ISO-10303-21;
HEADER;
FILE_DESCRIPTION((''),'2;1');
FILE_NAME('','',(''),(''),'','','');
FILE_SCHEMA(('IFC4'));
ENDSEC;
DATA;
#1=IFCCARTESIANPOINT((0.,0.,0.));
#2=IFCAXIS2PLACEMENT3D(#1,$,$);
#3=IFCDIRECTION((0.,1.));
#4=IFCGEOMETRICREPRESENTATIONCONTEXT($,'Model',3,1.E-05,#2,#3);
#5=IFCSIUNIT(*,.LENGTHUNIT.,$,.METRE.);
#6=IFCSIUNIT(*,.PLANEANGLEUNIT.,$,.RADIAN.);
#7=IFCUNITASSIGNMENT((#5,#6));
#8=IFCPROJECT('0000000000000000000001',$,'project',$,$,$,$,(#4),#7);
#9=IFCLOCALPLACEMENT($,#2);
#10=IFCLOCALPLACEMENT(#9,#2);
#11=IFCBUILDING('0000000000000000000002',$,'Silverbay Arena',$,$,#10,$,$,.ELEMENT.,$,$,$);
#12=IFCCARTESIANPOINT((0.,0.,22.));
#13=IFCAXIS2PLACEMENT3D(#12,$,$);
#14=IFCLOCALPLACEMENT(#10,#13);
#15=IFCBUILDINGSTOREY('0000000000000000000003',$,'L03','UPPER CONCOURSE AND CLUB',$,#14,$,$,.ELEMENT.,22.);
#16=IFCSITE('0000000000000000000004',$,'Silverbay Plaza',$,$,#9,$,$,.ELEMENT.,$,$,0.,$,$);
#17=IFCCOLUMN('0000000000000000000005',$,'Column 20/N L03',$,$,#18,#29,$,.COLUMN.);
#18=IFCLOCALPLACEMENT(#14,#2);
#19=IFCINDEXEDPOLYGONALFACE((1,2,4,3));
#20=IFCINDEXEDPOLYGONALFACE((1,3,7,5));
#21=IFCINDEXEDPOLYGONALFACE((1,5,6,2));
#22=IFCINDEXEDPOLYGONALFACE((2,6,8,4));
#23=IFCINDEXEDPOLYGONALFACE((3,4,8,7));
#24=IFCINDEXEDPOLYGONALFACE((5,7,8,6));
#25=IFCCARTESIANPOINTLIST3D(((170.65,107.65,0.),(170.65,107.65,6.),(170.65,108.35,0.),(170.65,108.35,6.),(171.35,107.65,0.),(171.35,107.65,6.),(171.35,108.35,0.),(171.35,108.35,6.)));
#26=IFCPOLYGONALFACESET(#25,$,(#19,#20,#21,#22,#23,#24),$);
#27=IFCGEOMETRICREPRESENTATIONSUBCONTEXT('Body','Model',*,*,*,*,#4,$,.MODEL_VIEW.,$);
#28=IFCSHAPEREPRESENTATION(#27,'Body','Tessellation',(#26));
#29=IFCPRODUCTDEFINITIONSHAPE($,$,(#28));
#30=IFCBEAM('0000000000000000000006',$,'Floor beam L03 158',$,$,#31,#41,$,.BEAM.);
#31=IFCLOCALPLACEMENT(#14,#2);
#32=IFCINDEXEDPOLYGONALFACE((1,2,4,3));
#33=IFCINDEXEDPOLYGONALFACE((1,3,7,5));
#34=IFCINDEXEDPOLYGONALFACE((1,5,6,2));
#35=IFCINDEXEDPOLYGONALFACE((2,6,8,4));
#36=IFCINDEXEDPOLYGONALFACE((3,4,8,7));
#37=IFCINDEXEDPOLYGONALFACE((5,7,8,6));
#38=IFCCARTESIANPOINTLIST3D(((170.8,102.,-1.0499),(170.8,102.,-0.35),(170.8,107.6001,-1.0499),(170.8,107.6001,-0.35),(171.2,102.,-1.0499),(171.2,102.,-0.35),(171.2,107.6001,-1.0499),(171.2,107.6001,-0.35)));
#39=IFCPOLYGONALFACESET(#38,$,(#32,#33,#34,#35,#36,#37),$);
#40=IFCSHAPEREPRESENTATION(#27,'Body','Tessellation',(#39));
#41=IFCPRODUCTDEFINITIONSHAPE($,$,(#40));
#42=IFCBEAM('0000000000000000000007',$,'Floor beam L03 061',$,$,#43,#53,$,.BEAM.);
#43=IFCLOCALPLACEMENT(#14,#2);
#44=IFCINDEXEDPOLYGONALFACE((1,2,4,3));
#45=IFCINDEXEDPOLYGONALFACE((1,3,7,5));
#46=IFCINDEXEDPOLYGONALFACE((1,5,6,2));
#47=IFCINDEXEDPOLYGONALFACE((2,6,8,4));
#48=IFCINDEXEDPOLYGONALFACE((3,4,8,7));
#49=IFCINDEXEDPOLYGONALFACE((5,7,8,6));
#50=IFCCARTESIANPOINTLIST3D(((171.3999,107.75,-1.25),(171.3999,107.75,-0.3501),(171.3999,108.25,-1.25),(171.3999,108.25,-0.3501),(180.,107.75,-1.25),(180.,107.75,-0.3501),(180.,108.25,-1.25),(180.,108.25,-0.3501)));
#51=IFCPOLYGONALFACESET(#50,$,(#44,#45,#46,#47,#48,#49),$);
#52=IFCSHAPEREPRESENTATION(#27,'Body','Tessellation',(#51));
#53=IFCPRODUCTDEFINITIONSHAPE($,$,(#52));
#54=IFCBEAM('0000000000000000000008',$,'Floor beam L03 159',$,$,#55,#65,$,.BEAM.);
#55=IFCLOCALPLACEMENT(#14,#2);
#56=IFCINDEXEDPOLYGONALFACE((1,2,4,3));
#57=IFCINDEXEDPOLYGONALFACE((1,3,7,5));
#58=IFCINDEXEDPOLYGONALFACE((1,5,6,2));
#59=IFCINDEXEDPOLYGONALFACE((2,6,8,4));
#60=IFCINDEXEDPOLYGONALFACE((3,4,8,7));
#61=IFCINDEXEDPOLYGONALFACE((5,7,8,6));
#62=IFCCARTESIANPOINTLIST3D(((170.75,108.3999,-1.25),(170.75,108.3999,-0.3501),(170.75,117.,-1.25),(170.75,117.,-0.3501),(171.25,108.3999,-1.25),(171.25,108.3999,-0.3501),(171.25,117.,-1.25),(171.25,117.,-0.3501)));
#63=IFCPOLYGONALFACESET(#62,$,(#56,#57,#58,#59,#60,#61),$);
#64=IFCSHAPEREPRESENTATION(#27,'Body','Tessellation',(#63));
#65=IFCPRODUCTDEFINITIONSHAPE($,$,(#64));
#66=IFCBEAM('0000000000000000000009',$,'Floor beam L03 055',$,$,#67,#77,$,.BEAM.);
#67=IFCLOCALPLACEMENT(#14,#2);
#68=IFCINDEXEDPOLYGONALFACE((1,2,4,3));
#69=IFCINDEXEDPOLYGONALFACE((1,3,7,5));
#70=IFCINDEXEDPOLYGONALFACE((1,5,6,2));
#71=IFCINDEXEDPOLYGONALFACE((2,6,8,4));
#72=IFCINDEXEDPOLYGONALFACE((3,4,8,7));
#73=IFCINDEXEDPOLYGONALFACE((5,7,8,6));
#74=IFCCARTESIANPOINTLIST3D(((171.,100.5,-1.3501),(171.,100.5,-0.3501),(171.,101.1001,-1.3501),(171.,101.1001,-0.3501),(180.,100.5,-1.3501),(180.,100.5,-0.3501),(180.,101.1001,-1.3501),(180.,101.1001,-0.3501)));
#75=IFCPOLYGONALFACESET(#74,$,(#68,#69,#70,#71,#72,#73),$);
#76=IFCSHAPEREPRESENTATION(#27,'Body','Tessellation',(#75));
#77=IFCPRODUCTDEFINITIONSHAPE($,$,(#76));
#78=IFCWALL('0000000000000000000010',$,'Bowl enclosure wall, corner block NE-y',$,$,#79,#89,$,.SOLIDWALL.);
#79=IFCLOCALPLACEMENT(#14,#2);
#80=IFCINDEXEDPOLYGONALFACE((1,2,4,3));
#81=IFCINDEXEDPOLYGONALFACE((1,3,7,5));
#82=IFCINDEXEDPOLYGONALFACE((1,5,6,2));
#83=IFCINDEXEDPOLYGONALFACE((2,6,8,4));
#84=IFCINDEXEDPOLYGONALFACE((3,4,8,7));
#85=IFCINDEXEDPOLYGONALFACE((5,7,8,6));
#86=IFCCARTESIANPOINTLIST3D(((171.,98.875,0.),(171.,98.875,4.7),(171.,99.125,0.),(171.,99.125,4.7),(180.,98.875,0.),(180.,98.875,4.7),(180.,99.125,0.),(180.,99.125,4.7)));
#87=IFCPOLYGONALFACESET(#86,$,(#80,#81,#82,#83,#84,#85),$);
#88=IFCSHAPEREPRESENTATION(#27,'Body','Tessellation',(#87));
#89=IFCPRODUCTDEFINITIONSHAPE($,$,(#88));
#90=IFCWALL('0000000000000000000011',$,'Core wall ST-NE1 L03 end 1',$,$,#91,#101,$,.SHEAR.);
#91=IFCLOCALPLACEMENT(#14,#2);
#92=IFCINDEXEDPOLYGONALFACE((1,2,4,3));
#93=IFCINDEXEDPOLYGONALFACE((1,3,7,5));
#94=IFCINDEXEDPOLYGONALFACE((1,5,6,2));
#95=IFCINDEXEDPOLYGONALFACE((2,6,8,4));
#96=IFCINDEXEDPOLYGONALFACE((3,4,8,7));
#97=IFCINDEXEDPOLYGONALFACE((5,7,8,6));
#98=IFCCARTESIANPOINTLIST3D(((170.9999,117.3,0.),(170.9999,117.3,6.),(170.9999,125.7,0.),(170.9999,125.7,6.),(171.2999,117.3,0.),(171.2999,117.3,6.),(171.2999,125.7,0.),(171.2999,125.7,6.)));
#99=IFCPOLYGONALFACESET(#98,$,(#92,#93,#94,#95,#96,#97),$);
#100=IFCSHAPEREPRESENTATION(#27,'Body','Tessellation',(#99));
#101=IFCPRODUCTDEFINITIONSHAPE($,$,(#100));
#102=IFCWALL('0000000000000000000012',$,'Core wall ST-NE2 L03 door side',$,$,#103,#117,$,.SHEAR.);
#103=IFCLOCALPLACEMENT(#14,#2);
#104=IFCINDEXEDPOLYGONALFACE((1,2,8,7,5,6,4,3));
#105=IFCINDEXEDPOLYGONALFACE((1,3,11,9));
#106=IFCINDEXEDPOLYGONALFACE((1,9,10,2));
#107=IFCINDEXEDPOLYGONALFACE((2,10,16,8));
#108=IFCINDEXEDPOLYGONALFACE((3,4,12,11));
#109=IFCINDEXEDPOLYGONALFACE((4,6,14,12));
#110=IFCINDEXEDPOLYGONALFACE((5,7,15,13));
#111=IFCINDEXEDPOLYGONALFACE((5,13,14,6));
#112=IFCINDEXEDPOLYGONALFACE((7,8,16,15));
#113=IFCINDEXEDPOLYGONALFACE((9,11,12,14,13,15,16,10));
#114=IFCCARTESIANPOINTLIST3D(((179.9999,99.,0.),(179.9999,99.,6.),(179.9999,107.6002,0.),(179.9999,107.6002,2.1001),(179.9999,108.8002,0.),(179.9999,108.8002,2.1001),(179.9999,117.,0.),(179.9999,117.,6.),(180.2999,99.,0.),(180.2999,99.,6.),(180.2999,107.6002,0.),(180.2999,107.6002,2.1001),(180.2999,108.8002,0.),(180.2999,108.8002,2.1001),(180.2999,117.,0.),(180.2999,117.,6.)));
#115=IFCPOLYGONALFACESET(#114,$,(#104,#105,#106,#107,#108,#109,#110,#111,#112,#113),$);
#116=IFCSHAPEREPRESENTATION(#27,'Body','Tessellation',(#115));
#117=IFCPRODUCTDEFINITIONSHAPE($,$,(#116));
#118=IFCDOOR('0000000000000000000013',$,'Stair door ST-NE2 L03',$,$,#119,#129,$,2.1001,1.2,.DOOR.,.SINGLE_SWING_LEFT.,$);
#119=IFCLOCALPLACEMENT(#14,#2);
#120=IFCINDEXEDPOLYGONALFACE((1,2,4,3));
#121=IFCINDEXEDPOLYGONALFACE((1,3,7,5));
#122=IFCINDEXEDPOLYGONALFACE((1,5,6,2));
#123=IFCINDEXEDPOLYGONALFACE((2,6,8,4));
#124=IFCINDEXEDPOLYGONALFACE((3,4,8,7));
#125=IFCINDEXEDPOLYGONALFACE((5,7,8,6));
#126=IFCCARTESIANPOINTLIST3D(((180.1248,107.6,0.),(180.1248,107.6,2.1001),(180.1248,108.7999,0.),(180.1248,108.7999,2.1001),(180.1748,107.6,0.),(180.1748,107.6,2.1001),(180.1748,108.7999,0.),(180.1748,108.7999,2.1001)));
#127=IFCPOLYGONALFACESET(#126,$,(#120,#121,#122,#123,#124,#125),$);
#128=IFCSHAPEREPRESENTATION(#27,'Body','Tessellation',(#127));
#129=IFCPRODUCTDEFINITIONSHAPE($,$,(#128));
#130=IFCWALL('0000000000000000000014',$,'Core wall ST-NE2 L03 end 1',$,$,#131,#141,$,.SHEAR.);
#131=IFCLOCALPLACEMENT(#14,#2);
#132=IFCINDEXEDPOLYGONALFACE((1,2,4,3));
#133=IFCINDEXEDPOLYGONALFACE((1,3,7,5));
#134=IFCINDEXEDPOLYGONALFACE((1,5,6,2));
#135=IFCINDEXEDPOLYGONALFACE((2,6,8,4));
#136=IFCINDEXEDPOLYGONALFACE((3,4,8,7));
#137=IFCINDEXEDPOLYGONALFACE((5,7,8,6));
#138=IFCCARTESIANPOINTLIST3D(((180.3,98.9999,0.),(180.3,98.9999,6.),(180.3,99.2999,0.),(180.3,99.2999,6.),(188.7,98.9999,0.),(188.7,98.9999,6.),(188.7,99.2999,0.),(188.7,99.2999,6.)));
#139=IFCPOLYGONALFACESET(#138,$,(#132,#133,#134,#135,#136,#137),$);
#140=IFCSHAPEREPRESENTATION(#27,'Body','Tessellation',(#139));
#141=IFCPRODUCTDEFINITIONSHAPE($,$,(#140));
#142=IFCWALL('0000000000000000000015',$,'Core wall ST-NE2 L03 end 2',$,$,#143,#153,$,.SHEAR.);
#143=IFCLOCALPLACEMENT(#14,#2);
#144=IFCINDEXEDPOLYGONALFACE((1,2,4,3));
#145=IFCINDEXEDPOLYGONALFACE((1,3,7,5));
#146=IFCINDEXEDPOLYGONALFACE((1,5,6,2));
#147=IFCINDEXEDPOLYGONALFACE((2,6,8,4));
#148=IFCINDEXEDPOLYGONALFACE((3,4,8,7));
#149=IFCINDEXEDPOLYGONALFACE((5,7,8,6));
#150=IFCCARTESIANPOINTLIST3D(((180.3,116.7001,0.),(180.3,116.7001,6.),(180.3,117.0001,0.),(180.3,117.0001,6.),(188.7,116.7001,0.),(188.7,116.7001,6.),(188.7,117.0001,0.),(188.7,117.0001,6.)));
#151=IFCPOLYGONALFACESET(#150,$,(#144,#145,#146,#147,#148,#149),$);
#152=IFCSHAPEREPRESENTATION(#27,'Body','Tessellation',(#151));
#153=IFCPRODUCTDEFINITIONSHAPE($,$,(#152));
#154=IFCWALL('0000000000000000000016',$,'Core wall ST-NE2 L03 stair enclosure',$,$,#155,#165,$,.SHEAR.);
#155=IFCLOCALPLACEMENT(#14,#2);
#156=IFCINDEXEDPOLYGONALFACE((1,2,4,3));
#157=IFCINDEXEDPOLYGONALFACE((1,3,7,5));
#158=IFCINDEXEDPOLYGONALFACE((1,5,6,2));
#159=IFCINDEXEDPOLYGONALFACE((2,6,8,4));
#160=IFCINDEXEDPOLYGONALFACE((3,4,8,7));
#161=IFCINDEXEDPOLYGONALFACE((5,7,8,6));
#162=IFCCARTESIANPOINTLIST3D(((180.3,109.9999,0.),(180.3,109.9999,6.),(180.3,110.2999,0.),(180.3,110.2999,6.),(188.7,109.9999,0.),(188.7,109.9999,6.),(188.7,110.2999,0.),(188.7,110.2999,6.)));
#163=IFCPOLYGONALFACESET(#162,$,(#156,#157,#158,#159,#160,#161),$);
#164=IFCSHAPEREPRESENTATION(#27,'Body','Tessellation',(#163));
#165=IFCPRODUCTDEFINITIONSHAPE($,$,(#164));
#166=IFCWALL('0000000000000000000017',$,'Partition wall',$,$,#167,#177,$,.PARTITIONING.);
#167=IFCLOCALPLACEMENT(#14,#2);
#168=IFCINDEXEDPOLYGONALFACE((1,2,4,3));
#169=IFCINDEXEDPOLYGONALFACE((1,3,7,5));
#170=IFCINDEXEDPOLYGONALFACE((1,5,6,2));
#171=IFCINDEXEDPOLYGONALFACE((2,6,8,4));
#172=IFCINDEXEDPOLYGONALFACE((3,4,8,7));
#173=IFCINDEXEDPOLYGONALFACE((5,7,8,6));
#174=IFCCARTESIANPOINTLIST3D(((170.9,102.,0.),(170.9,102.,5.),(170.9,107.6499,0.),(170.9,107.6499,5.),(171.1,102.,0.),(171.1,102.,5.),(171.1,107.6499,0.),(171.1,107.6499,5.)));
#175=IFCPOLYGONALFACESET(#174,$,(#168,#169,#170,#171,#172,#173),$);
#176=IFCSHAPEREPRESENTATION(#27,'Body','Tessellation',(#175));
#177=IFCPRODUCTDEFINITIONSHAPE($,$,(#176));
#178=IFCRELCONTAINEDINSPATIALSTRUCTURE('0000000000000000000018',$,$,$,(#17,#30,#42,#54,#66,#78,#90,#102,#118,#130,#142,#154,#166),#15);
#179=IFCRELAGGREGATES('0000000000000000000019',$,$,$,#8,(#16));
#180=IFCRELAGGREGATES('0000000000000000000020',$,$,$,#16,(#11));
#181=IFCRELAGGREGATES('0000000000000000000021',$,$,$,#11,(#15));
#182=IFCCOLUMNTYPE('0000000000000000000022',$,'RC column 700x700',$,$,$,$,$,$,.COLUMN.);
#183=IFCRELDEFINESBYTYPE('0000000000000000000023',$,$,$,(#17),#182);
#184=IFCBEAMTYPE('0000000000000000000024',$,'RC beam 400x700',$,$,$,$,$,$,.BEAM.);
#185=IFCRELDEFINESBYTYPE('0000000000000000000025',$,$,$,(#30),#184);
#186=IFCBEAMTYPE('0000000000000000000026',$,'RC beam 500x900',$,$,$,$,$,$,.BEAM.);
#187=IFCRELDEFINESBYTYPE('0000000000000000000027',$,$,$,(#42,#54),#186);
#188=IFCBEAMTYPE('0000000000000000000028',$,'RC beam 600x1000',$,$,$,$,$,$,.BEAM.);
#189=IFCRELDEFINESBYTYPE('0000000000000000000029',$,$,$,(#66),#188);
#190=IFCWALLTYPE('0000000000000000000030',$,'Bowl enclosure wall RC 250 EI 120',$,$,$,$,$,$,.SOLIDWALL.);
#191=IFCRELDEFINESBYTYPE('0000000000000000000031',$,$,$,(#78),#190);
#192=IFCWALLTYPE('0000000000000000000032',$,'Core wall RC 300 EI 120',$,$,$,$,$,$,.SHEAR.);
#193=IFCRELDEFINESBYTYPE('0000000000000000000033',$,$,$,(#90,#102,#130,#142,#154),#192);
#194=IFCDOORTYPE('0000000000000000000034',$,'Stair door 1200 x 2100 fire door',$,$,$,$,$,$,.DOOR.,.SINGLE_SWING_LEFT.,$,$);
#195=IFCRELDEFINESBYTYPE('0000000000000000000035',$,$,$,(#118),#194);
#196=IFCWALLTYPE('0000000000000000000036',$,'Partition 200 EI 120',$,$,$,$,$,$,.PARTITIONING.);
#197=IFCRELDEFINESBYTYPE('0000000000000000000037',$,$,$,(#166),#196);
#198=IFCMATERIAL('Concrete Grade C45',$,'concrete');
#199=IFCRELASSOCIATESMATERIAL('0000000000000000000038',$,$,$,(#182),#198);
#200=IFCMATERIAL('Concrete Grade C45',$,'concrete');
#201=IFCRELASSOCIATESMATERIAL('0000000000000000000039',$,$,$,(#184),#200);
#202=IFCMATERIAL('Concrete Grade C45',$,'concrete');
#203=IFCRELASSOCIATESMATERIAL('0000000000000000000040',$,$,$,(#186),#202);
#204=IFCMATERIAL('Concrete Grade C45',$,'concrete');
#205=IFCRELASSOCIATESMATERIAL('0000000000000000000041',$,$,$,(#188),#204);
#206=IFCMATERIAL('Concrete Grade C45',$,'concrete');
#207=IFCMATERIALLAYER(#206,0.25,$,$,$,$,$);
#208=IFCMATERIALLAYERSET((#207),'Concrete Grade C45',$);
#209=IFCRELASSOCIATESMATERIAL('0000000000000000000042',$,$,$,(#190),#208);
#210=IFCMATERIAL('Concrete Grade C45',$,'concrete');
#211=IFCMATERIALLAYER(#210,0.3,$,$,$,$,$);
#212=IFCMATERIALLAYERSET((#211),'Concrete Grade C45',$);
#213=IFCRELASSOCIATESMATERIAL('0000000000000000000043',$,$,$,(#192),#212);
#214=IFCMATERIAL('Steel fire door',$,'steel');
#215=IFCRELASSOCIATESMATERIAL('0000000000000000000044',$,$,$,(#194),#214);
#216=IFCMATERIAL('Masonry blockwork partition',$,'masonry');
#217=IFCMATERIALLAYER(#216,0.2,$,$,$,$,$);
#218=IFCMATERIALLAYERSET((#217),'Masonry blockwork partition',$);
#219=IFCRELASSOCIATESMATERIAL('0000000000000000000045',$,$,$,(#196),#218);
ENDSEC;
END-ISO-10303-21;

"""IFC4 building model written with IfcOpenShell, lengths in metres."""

from ifc_helpers import new_model, si_unit, direction, frame, frame_2d, origin, origin_2d, place, context, subcontext, project, spatial, rectangle, extrude, material, layer, layer_set, material_profile, profile_set, type_object, element, fill, save


model = new_model("IFC4")

# Units and contexts
model_context = context("Model", 3, precision=1e-05, world=origin(), true_north=direction((0.0, 1.0)))
body_context = subcontext(model_context, "Body", "Model", "MODEL_VIEW")
ifc_project = project(units=[si_unit("LENGTHUNIT", "METRE"), si_unit("PLANEANGLEUNIT", "RADIAN")], contexts=[model_context])

# Site, building, storey
site_placement = place(None, origin())
site = spatial("IfcSite", under=ifc_project, at=site_placement, Name="Silverbay Plaza", CompositionType="ELEMENT", RefElevation=0.0)
building_placement = place(site_placement, origin())
building = spatial("IfcBuilding", under=site, at=building_placement, Name="Silverbay Arena", CompositionType="ELEMENT")
storey_placement = place(building_placement, frame((0.0, 0.0, 22.0)))
storey = spatial("IfcBuildingStorey", under=building, at=storey_placement, Name="L03", Description="UPPER CONCOURSE AND CLUB", CompositionType="ELEMENT", Elevation=22.0)

# Column
ifc_material_1 = material(Name="Concrete Grade C45", Category="concrete")
ifc_material_profile_1 = material_profile(ifc_material_1, rectangle(XDim=0.7, YDim=0.7, at=origin_2d()), Name="RC 700x700")
ifc_profile_set_1 = profile_set([ifc_material_profile_1], Name="Concrete Grade C45")
column_type = type_object("IfcColumnType", Name="RC column 700x700", PredefinedType="COLUMN", material=ifc_profile_set_1)
column_placement = place(storey_placement, frame((171.0, 108.0, 0.0), z_axis=(0.0, 0.0, 1.0), x_axis=(1.0, 0.0, 0.0)))
element("IfcColumn", 1, at=column_placement, inside=storey, type_object=column_type, Name="Column 20/N L03", PredefinedType="COLUMN", context=body_context, shape_type="SweptSolid", body=[
    extrude(rectangle(XDim=0.7, YDim=0.7, at=origin_2d()), origin(), (0.0, 0.0, 1.0), 6.0),
])

# Beams
ifc_material_2 = material(Name="Concrete Grade C45", Category="concrete")
ifc_material_profile_2 = material_profile(ifc_material_2, rectangle(XDim=0.3999, YDim=0.7, at=origin_2d()), Name="RC 400x700")
ifc_profile_set_2 = profile_set([ifc_material_profile_2], Name="Concrete Grade C45")
beam_type_1 = type_object("IfcBeamType", Name="RC beam 400x700", PredefinedType="BEAM", material=ifc_profile_set_2)
beam_1_placement = place(storey_placement, frame((171.0, 102.0, -0.7), z_axis=(0.0, 1.0, 0.0), x_axis=(-1.0, 0.0, 0.0)))
element("IfcBeam", 2, at=beam_1_placement, inside=storey, type_object=beam_type_1, Name="Floor beam L03 158", PredefinedType="BEAM", context=body_context, shape_type="SweptSolid", body=[
    extrude(rectangle(XDim=0.3999, YDim=0.7, at=origin_2d()), origin(), (0.0, 0.0, 1.0), 5.6001),
])
ifc_material_3 = material(Name="Concrete Grade C45", Category="concrete")
ifc_material_profile_3 = material_profile(ifc_material_3, rectangle(XDim=0.5, YDim=0.8999, at=origin_2d()), Name="RC 500x900")
ifc_profile_set_3 = profile_set([ifc_material_profile_3], Name="Concrete Grade C45")
beam_type_2 = type_object("IfcBeamType", Name="RC beam 500x900", PredefinedType="BEAM", material=ifc_profile_set_3)
for number, where, z_axis, x_axis, name in (
    (3, (171.3999, 108.0, -0.8), (1.0, 0.0, 0.0), (0.0, 1.0, 0.0), "Floor beam L03 061"),
    (4, (171.0, 108.3999, -0.8), (0.0, 1.0, 0.0), (-1.0, 0.0, 0.0), "Floor beam L03 159"),
):
    element("IfcBeam", number, at=place(storey_placement, frame(where, z_axis=z_axis, x_axis=x_axis)), inside=storey, type_object=beam_type_2, Name=name, PredefinedType="BEAM", context=body_context, shape_type="SweptSolid", body=[
        extrude(rectangle(XDim=0.5, YDim=0.8999, at=origin_2d()), origin(), (0.0, 0.0, 1.0), 8.6001),
    ])
ifc_material_4 = material(Name="Concrete Grade C45", Category="concrete")
ifc_material_profile_4 = material_profile(ifc_material_4, rectangle(XDim=0.6001, YDim=1.0, at=origin_2d()), Name="RC 600x1000")
ifc_profile_set_4 = profile_set([ifc_material_profile_4], Name="Concrete Grade C45")
beam_type_3 = type_object("IfcBeamType", Name="RC beam 600x1000", PredefinedType="BEAM", material=ifc_profile_set_4)
beam_2_placement = place(storey_placement, frame((171.0, 100.8, -0.8501), z_axis=(1.0, 0.0, 0.0), x_axis=(0.0, 1.0, 0.0)))
element("IfcBeam", 5, at=beam_2_placement, inside=storey, type_object=beam_type_3, Name="Floor beam L03 055", PredefinedType="BEAM", context=body_context, shape_type="SweptSolid", body=[
    extrude(rectangle(XDim=0.6001, YDim=1.0, at=origin_2d()), origin(), (0.0, 0.0, 1.0), 9.0),
])

# Walls
ifc_material_5 = material(Name="Concrete Grade C45", Category="concrete")
ifc_layer_1 = layer(ifc_material_5, 0.25)
ifc_layer_set_1 = layer_set([ifc_layer_1], Name="Concrete Grade C45")
wall_type_1 = type_object("IfcWallType", Name="Bowl enclosure wall RC 250 EI 120", PredefinedType="SOLIDWALL", material=ifc_layer_set_1)
wall_1_placement = place(storey_placement, frame((171.0, 99.0, 0.0), z_axis=(0.0, 0.0, 1.0), x_axis=(1.0, 0.0, 0.0)))
element("IfcWall", 6, at=wall_1_placement, inside=storey, type_object=wall_type_1, Name="Bowl enclosure wall, corner block NE-y", PredefinedType="SOLIDWALL", context=body_context, shape_type="SweptSolid", body=[
    extrude(rectangle(XDim=9.0, YDim=0.25, at=frame_2d((4.5, 0.0))), origin(), (0.0, 0.0, 1.0), 4.7),
])
ifc_material_6 = material(Name="Concrete Grade C45", Category="concrete")
ifc_layer_2 = layer(ifc_material_6, 0.3)
ifc_layer_set_2 = layer_set([ifc_layer_2], Name="Concrete Grade C45")
wall_type_2 = type_object("IfcWallType", Name="Core wall RC 300 EI 120", PredefinedType="SHEAR", material=ifc_layer_set_2)
wall_2_placement = place(storey_placement, frame((171.1499, 117.3, 0.0), z_axis=(0.0, 0.0, 1.0), x_axis=(0.0, 1.0, 0.0)))
element("IfcWall", 7, at=wall_2_placement, inside=storey, type_object=wall_type_2, Name="Core wall ST-NE1 L03 end 1", PredefinedType="SHEAR", context=body_context, shape_type="SweptSolid", body=[
    extrude(rectangle(XDim=8.3999, YDim=0.3, at=frame_2d((4.2, 0.0))), origin(), (0.0, 0.0, 1.0), 6.0),
])

# Wall, opening, door
wall_3_placement = place(storey_placement, frame((180.1499, 99.0, 0.0), z_axis=(0.0, 0.0, 1.0), x_axis=(0.0, 1.0, 0.0)))
wall_3 = element("IfcWall", 8, at=wall_3_placement, inside=storey, type_object=wall_type_2, Name="Core wall ST-NE2 L03 door side", PredefinedType="SHEAR", context=body_context, shape_type="SweptSolid", body=[
    extrude(rectangle(XDim=18.0, YDim=0.3, at=frame_2d((9.0, 0.0))), origin(), (0.0, 0.0, 1.0), 6.0),
])
opening_placement = place(wall_3_placement, frame((8.6001, 0.0, 0.0)))
opening = element("IfcOpeningElement", 9, at=opening_placement, cuts=wall_3, PredefinedType="OPENING", context=body_context, shape_type="SweptSolid", body=[
    extrude(rectangle(XDim=1.2, YDim=2.1001, at=frame_2d((0.6001, 1.05))), frame((0.0, 0.1602, 0.0), z_axis=(0.0, -1.0, 0.0), x_axis=(1.0, 0.0, 0.0)), (0.0, 0.0, 1.0), 0.3201),
])
ifc_material_7 = material(Name="Steel fire door", Category="steel")
door_type = type_object("IfcDoorType", Name="Stair door 1200 x 2100 fire door", OperationType="SINGLE_SWING_LEFT", PredefinedType="DOOR", material=ifc_material_7)
door_placement = place(opening_placement, frame((1.2, 0.0, 0.0), z_axis=(0.0, 0.0, 1.0), x_axis=(-1.0, 0.0, 0.0)))
door = element("IfcDoor", 10, at=door_placement, inside=storey, type_object=door_type, Name="Stair door ST-NE2 L03", OperationType="SINGLE_SWING_LEFT", OverallHeight=2.1001, OverallWidth=1.2, PredefinedType="DOOR", context=body_context, shape_type="SweptSolid", body=[
    extrude(rectangle(XDim=1.2, YDim=2.1001, at=frame_2d((0.6001, 1.05))), frame((0.0, 0.0249, 0.0), z_axis=(0.0, -1.0, 0.0), x_axis=(1.0, 0.0, 0.0)), (0.0, 0.0, 1.0), 0.05),
])
fill(opening, door)

# Walls
for number, where, z_axis, x_axis, name in (
    (11, (180.3, 99.1499, 0.0), (0.0, 0.0, 1.0), (1.0, 0.0, 0.0), "Core wall ST-NE2 L03 end 1"),
    (12, (180.3, 116.8501, 0.0), (0.0, 0.0, 1.0), (1.0, 0.0, 0.0), "Core wall ST-NE2 L03 end 2"),
    (13, (180.3, 110.1499, 0.0), (0.0, 0.0, 1.0), (1.0, 0.0, 0.0), "Core wall ST-NE2 L03 stair enclosure"),
):
    element("IfcWall", number, at=place(storey_placement, frame(where, z_axis=z_axis, x_axis=x_axis)), inside=storey, type_object=wall_type_2, Name=name, PredefinedType="SHEAR", context=body_context, shape_type="SweptSolid", body=[
        extrude(rectangle(XDim=8.3999, YDim=0.3, at=frame_2d((4.2, 0.0))), origin(), (0.0, 0.0, 1.0), 6.0),
    ])
ifc_material_8 = material(Name="Masonry blockwork partition", Category="masonry")
ifc_layer_3 = layer(ifc_material_8, 0.2)
ifc_layer_set_3 = layer_set([ifc_layer_3], Name="Masonry blockwork partition")
wall_type_3 = type_object("IfcWallType", Name="Partition 200 EI 120", PredefinedType="PARTITIONING", material=ifc_layer_set_3)
wall_4_placement = place(storey_placement, frame((171.0, 102.0, 0.0), z_axis=(0.0, 0.0, 1.0), x_axis=(0.0, 1.0, 0.0)))
element("IfcWall", 14, at=wall_4_placement, inside=storey, type_object=wall_type_3, Name="Partition wall", PredefinedType="PARTITIONING", context=body_context, shape_type="SweptSolid", body=[
    extrude(rectangle(XDim=5.6499, YDim=0.2, at=frame_2d((2.825, 0.0))), origin(), (0.0, 0.0, 1.0), 5.0),
])

save(model, "model.ifc")
